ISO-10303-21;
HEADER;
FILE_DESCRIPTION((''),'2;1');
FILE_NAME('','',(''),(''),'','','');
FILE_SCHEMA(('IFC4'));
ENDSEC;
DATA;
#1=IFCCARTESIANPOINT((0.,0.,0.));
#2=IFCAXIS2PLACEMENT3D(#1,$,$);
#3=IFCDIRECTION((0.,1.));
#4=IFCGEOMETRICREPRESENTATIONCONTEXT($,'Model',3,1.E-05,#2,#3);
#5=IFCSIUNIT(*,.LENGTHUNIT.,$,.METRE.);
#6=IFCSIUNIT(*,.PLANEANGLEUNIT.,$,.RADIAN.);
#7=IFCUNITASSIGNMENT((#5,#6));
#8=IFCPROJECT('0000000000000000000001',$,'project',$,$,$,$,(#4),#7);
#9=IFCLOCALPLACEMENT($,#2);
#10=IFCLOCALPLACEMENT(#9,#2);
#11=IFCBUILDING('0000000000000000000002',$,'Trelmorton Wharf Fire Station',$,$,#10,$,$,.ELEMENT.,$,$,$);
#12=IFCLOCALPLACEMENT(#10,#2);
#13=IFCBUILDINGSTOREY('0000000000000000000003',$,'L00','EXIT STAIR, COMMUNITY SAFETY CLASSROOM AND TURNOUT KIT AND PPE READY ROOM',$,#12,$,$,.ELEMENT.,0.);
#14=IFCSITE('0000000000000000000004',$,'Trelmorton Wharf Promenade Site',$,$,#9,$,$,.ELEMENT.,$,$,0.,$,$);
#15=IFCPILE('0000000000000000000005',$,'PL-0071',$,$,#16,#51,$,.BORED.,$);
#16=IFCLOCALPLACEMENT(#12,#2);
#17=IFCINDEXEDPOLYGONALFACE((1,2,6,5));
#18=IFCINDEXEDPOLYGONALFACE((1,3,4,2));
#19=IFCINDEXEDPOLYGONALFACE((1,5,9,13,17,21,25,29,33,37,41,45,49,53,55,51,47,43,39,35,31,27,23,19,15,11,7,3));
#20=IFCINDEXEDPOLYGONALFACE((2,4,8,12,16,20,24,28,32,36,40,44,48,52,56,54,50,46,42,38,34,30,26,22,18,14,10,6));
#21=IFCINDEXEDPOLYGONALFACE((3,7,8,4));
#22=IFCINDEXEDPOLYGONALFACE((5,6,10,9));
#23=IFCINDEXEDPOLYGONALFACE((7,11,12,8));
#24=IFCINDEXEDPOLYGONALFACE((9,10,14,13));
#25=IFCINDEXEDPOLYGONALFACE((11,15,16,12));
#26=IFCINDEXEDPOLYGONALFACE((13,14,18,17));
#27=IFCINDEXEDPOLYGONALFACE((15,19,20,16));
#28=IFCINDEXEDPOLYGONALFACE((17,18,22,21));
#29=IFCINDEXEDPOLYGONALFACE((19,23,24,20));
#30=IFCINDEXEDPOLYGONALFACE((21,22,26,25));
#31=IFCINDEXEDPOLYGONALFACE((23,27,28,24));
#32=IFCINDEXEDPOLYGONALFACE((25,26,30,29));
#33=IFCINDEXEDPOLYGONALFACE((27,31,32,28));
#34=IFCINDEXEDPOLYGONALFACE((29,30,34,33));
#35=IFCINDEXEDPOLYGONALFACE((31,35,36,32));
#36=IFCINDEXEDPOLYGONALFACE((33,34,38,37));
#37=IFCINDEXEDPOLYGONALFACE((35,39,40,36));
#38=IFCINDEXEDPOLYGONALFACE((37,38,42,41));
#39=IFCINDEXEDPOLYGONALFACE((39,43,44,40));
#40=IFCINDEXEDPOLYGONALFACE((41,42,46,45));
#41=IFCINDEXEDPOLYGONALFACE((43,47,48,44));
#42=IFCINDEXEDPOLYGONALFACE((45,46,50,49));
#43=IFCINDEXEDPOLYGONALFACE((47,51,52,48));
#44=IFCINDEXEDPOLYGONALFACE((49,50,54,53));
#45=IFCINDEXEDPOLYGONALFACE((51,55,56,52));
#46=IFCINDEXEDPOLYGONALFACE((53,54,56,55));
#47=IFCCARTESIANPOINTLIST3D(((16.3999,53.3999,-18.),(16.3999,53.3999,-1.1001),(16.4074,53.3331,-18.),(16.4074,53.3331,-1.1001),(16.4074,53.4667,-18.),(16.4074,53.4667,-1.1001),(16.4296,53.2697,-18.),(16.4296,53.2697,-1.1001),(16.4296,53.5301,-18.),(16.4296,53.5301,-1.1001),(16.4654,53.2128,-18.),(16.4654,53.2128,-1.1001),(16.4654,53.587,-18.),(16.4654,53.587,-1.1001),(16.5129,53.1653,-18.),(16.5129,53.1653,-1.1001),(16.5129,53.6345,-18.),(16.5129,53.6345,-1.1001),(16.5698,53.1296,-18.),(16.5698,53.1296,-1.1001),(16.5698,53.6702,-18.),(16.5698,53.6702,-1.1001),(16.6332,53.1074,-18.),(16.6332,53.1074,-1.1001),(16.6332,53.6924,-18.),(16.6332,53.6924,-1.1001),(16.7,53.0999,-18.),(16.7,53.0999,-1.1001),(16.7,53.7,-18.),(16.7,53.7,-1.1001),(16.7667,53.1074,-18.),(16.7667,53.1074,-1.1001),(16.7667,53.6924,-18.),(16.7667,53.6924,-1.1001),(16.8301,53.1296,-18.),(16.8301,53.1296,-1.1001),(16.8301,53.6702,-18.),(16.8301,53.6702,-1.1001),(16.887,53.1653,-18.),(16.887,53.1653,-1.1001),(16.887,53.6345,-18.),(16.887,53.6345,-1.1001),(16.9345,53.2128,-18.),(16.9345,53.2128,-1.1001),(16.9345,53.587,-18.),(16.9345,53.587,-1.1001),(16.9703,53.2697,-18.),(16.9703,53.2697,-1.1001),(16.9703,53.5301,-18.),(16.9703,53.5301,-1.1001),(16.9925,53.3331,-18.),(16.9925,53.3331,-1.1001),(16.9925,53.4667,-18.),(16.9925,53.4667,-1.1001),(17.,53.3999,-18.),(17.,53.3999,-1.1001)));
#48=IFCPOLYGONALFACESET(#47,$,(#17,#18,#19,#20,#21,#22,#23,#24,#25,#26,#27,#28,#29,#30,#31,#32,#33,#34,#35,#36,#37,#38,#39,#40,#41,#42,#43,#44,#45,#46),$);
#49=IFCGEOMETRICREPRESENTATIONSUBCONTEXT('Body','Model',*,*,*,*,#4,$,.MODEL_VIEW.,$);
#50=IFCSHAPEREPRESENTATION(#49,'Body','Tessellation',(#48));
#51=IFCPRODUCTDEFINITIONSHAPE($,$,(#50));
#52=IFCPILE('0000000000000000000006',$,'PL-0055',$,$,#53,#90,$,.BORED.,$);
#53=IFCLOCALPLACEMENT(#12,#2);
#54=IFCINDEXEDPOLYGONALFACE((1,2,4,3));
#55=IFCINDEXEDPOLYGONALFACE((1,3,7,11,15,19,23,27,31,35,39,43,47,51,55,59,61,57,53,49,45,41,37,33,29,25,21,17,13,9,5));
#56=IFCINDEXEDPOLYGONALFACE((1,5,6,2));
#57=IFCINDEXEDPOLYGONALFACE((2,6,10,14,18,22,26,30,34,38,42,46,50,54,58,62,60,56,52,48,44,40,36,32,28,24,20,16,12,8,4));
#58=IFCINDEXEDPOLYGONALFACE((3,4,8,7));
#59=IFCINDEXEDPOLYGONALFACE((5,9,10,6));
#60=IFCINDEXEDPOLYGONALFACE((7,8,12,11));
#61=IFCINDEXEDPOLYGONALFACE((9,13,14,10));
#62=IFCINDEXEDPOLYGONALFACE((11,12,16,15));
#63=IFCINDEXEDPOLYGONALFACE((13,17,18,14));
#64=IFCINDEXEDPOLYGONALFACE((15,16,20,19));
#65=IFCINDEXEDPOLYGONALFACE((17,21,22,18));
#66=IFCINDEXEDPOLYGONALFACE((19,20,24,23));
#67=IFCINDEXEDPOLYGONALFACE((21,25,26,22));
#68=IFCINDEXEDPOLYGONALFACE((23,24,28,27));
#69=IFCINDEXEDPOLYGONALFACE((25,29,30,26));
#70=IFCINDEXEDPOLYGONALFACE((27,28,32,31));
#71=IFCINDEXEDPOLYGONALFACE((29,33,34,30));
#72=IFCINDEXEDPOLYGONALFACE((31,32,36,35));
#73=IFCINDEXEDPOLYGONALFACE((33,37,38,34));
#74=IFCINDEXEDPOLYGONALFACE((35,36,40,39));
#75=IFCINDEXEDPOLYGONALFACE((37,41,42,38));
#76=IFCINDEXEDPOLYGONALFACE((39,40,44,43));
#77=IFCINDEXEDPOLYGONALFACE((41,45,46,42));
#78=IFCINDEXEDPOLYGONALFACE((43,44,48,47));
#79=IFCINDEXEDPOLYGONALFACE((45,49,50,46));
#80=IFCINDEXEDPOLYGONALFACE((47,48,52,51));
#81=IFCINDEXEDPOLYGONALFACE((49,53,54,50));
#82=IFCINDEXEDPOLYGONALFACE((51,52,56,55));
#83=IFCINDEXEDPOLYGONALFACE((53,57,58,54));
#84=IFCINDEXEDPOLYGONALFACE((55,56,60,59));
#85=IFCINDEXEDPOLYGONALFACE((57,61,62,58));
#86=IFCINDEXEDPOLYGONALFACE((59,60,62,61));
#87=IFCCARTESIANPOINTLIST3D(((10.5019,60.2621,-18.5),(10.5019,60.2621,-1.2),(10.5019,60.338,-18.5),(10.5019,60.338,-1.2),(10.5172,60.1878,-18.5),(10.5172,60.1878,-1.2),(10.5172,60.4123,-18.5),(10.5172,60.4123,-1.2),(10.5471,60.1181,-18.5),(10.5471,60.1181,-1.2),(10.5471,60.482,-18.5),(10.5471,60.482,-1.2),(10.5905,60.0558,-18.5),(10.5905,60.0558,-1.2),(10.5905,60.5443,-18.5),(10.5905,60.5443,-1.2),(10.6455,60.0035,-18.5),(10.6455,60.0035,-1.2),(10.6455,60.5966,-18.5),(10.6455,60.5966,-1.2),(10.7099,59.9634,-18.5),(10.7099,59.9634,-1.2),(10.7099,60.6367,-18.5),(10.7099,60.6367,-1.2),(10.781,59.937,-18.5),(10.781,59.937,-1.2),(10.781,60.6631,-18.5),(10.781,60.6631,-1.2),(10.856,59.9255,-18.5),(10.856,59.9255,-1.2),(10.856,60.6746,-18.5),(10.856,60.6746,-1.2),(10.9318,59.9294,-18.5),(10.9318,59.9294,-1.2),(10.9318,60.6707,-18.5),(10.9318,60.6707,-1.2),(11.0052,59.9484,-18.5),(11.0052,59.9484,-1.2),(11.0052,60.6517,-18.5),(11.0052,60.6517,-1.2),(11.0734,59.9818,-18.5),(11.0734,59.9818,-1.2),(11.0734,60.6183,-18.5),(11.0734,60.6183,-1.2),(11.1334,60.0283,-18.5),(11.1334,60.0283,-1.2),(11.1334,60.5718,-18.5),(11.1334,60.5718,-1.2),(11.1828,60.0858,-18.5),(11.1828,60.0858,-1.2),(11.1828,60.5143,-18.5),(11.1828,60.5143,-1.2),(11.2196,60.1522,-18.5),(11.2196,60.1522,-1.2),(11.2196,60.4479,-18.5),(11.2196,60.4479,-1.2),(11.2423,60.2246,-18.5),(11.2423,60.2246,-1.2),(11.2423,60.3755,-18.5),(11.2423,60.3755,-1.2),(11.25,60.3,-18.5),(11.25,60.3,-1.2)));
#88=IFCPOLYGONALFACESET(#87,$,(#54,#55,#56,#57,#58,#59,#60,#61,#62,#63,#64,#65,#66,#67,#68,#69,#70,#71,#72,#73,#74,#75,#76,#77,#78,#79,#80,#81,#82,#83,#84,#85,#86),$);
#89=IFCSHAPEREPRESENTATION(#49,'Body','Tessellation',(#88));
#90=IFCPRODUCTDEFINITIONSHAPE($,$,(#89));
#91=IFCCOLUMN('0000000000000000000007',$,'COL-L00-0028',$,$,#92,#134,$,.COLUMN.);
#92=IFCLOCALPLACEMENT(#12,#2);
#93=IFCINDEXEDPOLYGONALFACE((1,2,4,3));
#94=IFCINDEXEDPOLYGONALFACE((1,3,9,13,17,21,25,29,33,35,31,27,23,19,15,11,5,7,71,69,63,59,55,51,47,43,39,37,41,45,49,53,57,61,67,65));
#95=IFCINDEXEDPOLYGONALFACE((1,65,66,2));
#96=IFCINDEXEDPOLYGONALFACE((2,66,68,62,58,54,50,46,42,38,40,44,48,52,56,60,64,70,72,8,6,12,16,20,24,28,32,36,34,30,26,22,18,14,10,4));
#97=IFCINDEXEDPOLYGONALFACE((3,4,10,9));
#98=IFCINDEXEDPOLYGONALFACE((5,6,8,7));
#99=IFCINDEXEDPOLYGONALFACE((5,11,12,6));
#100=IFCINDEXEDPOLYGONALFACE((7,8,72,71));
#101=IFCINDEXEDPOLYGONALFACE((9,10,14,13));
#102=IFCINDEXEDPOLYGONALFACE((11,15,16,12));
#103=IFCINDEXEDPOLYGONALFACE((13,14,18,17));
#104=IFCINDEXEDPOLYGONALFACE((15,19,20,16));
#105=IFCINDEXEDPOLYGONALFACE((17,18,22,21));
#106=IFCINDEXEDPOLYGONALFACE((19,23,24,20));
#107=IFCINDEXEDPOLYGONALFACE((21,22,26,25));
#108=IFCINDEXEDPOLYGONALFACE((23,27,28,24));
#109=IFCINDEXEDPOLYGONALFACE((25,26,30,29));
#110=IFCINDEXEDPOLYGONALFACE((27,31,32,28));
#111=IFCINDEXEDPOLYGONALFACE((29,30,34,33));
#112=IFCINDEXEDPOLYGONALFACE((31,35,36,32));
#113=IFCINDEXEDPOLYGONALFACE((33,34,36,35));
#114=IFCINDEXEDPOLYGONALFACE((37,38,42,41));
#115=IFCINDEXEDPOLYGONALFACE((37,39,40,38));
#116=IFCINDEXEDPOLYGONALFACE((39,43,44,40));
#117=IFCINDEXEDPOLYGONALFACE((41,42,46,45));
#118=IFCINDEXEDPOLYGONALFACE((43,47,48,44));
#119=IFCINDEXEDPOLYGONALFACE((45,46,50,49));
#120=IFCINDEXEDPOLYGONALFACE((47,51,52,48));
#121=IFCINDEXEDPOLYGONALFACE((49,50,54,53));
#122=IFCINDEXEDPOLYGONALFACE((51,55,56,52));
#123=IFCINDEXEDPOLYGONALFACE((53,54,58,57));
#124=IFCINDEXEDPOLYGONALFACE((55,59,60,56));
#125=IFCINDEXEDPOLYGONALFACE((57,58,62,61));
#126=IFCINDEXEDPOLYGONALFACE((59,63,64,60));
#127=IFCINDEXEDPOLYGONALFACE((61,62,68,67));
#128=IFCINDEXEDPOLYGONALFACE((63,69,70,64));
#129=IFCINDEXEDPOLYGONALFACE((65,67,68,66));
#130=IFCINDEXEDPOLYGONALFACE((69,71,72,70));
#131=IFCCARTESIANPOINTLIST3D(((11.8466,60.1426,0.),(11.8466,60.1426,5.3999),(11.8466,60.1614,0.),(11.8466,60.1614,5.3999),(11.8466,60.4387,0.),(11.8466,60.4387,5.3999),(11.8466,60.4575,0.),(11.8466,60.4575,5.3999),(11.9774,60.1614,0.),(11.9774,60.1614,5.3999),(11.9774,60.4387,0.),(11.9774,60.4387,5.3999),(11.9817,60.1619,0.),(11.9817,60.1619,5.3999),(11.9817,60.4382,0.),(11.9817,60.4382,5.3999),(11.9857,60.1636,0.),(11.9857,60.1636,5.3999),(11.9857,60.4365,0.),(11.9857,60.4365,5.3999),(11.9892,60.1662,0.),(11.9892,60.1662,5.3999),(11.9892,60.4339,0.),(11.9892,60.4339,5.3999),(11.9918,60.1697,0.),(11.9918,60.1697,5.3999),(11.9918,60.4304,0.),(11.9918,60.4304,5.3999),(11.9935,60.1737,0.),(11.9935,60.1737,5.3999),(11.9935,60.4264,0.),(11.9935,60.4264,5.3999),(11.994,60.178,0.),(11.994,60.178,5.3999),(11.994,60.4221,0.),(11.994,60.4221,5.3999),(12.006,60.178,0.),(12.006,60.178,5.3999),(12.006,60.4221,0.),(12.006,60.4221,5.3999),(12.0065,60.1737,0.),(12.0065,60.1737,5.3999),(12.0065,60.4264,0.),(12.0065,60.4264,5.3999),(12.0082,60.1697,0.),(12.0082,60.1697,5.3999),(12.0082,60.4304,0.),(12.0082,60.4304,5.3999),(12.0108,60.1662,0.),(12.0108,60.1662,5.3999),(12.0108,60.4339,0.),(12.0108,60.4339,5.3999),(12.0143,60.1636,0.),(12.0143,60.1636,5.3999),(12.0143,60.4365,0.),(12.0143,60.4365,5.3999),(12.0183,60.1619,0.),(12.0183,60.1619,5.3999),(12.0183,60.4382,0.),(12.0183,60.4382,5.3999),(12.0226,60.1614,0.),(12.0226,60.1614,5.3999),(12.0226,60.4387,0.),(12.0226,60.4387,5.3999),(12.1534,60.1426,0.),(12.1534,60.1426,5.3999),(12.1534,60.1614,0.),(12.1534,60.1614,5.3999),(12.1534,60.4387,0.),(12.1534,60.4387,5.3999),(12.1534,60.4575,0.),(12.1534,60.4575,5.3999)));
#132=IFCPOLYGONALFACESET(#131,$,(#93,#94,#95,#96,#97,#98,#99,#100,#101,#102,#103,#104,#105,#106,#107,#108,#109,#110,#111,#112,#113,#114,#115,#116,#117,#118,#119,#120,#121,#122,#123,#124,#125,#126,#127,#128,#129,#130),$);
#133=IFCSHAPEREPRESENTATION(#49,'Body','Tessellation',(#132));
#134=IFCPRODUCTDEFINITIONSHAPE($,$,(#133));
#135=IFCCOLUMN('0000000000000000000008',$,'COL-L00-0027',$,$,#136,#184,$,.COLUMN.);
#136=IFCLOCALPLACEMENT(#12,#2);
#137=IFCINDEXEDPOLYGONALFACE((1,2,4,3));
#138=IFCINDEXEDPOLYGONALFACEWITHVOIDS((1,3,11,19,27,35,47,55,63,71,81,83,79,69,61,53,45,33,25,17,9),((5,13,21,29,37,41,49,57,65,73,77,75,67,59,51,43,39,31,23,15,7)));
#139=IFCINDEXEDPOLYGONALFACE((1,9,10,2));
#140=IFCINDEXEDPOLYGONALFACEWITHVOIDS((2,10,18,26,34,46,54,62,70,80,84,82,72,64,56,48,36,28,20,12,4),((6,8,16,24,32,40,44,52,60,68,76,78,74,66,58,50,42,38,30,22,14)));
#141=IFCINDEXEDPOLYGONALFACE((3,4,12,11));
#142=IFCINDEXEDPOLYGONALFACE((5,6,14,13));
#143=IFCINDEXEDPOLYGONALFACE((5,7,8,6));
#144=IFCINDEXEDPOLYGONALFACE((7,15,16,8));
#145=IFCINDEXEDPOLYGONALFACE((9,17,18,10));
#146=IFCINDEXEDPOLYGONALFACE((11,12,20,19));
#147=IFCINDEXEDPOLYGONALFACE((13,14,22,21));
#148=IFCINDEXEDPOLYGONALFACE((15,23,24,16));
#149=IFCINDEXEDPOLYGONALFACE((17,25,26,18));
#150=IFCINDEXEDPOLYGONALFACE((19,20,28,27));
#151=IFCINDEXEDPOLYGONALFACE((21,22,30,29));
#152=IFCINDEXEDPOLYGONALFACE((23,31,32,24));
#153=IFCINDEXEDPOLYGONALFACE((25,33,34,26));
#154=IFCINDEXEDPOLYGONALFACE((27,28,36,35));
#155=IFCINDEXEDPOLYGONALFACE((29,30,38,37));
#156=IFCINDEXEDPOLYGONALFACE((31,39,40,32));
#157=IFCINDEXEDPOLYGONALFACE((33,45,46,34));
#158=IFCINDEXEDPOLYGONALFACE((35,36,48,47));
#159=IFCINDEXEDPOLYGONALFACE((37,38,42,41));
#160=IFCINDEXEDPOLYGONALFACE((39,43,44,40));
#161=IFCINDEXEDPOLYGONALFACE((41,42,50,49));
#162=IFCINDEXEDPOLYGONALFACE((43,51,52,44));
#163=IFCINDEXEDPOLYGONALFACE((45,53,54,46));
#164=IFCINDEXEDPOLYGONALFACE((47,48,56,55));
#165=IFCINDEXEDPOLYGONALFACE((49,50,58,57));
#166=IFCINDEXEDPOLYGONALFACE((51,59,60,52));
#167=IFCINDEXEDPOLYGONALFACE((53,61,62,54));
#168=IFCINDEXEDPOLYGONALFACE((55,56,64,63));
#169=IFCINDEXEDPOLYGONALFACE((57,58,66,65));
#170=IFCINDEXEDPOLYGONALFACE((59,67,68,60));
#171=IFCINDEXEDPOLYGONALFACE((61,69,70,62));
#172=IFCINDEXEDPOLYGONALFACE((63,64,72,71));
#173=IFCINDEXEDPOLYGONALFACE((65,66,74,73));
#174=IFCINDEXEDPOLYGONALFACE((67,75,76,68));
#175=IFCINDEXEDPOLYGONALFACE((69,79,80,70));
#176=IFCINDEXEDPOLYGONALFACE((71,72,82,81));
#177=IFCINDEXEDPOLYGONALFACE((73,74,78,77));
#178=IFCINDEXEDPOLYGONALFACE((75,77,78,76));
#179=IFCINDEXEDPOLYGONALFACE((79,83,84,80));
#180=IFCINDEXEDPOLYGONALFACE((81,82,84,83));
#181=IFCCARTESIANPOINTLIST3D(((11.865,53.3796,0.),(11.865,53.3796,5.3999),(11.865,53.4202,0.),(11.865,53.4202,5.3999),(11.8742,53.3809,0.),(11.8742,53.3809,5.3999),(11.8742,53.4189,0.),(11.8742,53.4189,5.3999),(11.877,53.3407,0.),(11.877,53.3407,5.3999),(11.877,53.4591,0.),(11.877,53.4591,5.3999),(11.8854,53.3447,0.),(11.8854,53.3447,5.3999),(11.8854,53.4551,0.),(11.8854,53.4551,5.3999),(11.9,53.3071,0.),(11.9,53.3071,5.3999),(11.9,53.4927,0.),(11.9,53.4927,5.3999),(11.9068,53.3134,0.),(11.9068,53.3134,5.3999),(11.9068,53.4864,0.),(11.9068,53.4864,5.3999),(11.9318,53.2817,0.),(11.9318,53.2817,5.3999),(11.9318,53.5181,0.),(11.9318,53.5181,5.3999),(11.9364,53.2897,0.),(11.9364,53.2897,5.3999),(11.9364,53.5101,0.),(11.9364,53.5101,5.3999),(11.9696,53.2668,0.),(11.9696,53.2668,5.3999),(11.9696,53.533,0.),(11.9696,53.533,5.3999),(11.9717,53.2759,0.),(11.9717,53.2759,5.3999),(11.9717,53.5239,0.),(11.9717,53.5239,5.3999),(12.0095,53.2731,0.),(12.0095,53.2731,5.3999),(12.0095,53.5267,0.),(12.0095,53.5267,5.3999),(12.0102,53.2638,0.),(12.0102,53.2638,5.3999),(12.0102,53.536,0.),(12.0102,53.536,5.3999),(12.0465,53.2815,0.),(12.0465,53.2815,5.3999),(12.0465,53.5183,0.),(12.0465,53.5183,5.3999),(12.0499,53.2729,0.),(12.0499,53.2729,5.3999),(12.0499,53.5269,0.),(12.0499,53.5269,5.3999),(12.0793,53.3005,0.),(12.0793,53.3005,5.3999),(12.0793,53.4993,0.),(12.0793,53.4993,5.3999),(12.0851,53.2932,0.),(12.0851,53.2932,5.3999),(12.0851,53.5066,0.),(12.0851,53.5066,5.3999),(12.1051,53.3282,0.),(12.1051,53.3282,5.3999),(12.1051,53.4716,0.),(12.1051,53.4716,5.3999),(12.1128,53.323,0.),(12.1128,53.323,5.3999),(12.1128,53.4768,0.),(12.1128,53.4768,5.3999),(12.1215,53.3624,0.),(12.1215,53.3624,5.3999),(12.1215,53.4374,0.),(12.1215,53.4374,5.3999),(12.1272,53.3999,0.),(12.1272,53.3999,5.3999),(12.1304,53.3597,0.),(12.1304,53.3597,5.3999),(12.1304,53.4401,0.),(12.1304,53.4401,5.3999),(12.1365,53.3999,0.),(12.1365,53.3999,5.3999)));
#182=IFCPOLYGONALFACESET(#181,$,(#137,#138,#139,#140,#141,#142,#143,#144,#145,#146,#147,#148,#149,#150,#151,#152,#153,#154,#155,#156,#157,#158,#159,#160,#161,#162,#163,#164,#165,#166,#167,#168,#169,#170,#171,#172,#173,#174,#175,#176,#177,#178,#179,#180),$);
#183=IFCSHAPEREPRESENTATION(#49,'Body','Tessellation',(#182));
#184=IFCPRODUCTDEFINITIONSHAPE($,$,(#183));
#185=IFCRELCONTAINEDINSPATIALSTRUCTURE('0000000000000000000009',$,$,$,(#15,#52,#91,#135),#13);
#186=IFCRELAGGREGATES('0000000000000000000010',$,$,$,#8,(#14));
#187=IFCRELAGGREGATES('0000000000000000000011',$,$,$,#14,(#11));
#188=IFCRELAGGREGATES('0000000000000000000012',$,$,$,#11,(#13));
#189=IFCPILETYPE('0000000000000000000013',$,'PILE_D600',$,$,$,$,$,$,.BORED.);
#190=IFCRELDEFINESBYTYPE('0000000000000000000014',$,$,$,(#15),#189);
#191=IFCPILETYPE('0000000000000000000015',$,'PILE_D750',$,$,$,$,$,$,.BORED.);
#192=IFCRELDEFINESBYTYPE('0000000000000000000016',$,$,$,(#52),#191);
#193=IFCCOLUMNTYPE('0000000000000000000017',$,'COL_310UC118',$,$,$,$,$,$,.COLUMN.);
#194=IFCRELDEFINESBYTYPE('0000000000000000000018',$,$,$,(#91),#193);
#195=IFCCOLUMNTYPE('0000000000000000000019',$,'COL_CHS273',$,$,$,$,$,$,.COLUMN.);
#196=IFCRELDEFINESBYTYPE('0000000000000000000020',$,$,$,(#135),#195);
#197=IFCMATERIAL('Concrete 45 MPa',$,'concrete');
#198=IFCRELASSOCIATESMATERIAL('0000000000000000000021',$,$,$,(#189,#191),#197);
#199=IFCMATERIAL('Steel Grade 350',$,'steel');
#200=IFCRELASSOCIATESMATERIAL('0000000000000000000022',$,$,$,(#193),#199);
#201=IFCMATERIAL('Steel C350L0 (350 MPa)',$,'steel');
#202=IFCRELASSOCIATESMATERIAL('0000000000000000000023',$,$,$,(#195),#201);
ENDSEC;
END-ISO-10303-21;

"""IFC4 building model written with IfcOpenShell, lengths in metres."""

from ifc_helpers import new_model, si_unit, direction, frame, origin, origin_2d, place, context, subcontext, project, spatial, circle, hollow_circle, i_section, extrude, material, material_profile, profile_set, type_object, element, save


model = new_model("IFC4")

# Units and contexts
model_context = context("Model", 3, precision=1e-05, world=origin(), true_north=direction((0.0, 1.0)))
body_context = subcontext(model_context, "Body", "Model", "MODEL_VIEW")
ifc_project = project(units=[si_unit("LENGTHUNIT", "METRE"), si_unit("PLANEANGLEUNIT", "RADIAN")], contexts=[model_context])

# Site, building, storey
site_placement = place(None, origin())
site = spatial("IfcSite", under=ifc_project, at=site_placement, Name="Trelmorton Wharf Promenade Site", CompositionType="ELEMENT", RefElevation=0.0)
building_placement = place(site_placement, origin())
building = spatial("IfcBuilding", under=site, at=building_placement, Name="Trelmorton Wharf Fire Station", CompositionType="ELEMENT")
storey_placement = place(building_placement, origin())
storey = spatial("IfcBuildingStorey", under=building, at=storey_placement, Name="L00", Description="EXIT STAIR, COMMUNITY SAFETY CLASSROOM AND TURNOUT KIT AND PPE READY ROOM", CompositionType="ELEMENT", Elevation=0.0)

# Piles
ifc_material_1 = material(Name="Concrete 45 MPa", Category="concrete")
ifc_material_profile_1 = material_profile(ifc_material_1, circle(Radius=0.3, at=origin_2d()), Name="PILE-D600")
ifc_profile_set_1 = profile_set([ifc_material_profile_1], Name="Concrete 45 MPa")
pile_type_1 = type_object("IfcPileType", Name="PILE_D600", PredefinedType="BORED", material=ifc_profile_set_1)
for number, where, z_axis, x_axis, name in (
    (1, (16.7, 53.3999, -1.1001), (0.0, 0.0, -1.0), (1.0, 0.0, 0.0), "PL-0071"),
):
    element("IfcPile", number, at=place(storey_placement, frame(where, z_axis=z_axis, x_axis=x_axis)), inside=storey, type_object=pile_type_1, Name=name, PredefinedType="BORED", context=body_context, shape_type="SweptSolid", body=[
        extrude(circle(Radius=0.3, at=origin_2d()), origin(), (0.0, 0.0, 1.0), 16.8999),
    ])
ifc_material_profile_2 = material_profile(ifc_material_1, circle(Radius=0.375, at=origin_2d()), Name="PILE-D750")
ifc_profile_set_2 = profile_set([ifc_material_profile_2], Name="Concrete 45 MPa")
pile_type_2 = type_object("IfcPileType", Name="PILE_D750", PredefinedType="BORED", material=ifc_profile_set_2)
pile_placement = place(storey_placement, frame((10.875, 60.3, -1.2), z_axis=(0.0, 0.0, -1.0), x_axis=(1.0, 0.0, 0.0)))
element("IfcPile", 2, at=pile_placement, inside=storey, type_object=pile_type_2, Name="PL-0055", PredefinedType="BORED", context=body_context, shape_type="SweptSolid", body=[
    extrude(circle(Radius=0.375, at=origin_2d()), origin(), (0.0, 0.0, 1.0), 17.3),
])

# Columns
ifc_material_2 = material(Name="Steel Grade 350", Category="steel")
ifc_material_profile_3 = material_profile(ifc_material_2, i_section(OverallWidth=0.3069, OverallDepth=0.3149, WebThickness=0.012, FlangeThickness=0.0188, FilletRadius=0.0166, at=origin_2d()), Name="310UC118")
ifc_profile_set_3 = profile_set([ifc_material_profile_3], Name="Steel Grade 350")
column_type_1 = type_object("IfcColumnType", Name="COL_310UC118", PredefinedType="COLUMN", material=ifc_profile_set_3)
column_placement = place(storey_placement, frame((12.0, 60.3, 0.0), z_axis=(0.0, 0.0, 1.0), x_axis=(1.0, 0.0, 0.0)))
element("IfcColumn", 3, at=column_placement, inside=storey, type_object=column_type_1, Name="COL-L00-0028", PredefinedType="COLUMN", context=body_context, shape_type="SweptSolid", body=[
    extrude(i_section(OverallWidth=0.3069, OverallDepth=0.3149, WebThickness=0.012, FlangeThickness=0.0188, FilletRadius=0.0166, at=origin_2d()), origin(), (0.0, 0.0, 1.0), 5.3999),
])
ifc_material_3 = material(Name="Steel C350L0 (350 MPa)", Category="steel")
ifc_material_profile_4 = material_profile(ifc_material_3, hollow_circle(Radius=0.1365, WallThickness=0.0093, at=origin_2d()), Name="273.1x9.3CHS")
ifc_profile_set_4 = profile_set([ifc_material_profile_4], Name="Steel C350L0 (350 MPa)")
column_type_2 = type_object("IfcColumnType", Name="COL_CHS273", PredefinedType="COLUMN", material=ifc_profile_set_4)
for number, where, z_axis, x_axis, name in (
    (4, (12.0, 53.3999, 0.0), (0.0, 0.0, 1.0), (1.0, 0.0, 0.0), "COL-L00-0027"),
):
    element("IfcColumn", number, at=place(storey_placement, frame(where, z_axis=z_axis, x_axis=x_axis)), inside=storey, type_object=column_type_2, Name=name, PredefinedType="COLUMN", context=body_context, shape_type="SweptSolid", body=[
        extrude(hollow_circle(Radius=0.1365, WallThickness=0.0093, at=origin_2d()), origin(), (0.0, 0.0, 1.0), 5.3999),
    ])

save(model, "model.ifc")
